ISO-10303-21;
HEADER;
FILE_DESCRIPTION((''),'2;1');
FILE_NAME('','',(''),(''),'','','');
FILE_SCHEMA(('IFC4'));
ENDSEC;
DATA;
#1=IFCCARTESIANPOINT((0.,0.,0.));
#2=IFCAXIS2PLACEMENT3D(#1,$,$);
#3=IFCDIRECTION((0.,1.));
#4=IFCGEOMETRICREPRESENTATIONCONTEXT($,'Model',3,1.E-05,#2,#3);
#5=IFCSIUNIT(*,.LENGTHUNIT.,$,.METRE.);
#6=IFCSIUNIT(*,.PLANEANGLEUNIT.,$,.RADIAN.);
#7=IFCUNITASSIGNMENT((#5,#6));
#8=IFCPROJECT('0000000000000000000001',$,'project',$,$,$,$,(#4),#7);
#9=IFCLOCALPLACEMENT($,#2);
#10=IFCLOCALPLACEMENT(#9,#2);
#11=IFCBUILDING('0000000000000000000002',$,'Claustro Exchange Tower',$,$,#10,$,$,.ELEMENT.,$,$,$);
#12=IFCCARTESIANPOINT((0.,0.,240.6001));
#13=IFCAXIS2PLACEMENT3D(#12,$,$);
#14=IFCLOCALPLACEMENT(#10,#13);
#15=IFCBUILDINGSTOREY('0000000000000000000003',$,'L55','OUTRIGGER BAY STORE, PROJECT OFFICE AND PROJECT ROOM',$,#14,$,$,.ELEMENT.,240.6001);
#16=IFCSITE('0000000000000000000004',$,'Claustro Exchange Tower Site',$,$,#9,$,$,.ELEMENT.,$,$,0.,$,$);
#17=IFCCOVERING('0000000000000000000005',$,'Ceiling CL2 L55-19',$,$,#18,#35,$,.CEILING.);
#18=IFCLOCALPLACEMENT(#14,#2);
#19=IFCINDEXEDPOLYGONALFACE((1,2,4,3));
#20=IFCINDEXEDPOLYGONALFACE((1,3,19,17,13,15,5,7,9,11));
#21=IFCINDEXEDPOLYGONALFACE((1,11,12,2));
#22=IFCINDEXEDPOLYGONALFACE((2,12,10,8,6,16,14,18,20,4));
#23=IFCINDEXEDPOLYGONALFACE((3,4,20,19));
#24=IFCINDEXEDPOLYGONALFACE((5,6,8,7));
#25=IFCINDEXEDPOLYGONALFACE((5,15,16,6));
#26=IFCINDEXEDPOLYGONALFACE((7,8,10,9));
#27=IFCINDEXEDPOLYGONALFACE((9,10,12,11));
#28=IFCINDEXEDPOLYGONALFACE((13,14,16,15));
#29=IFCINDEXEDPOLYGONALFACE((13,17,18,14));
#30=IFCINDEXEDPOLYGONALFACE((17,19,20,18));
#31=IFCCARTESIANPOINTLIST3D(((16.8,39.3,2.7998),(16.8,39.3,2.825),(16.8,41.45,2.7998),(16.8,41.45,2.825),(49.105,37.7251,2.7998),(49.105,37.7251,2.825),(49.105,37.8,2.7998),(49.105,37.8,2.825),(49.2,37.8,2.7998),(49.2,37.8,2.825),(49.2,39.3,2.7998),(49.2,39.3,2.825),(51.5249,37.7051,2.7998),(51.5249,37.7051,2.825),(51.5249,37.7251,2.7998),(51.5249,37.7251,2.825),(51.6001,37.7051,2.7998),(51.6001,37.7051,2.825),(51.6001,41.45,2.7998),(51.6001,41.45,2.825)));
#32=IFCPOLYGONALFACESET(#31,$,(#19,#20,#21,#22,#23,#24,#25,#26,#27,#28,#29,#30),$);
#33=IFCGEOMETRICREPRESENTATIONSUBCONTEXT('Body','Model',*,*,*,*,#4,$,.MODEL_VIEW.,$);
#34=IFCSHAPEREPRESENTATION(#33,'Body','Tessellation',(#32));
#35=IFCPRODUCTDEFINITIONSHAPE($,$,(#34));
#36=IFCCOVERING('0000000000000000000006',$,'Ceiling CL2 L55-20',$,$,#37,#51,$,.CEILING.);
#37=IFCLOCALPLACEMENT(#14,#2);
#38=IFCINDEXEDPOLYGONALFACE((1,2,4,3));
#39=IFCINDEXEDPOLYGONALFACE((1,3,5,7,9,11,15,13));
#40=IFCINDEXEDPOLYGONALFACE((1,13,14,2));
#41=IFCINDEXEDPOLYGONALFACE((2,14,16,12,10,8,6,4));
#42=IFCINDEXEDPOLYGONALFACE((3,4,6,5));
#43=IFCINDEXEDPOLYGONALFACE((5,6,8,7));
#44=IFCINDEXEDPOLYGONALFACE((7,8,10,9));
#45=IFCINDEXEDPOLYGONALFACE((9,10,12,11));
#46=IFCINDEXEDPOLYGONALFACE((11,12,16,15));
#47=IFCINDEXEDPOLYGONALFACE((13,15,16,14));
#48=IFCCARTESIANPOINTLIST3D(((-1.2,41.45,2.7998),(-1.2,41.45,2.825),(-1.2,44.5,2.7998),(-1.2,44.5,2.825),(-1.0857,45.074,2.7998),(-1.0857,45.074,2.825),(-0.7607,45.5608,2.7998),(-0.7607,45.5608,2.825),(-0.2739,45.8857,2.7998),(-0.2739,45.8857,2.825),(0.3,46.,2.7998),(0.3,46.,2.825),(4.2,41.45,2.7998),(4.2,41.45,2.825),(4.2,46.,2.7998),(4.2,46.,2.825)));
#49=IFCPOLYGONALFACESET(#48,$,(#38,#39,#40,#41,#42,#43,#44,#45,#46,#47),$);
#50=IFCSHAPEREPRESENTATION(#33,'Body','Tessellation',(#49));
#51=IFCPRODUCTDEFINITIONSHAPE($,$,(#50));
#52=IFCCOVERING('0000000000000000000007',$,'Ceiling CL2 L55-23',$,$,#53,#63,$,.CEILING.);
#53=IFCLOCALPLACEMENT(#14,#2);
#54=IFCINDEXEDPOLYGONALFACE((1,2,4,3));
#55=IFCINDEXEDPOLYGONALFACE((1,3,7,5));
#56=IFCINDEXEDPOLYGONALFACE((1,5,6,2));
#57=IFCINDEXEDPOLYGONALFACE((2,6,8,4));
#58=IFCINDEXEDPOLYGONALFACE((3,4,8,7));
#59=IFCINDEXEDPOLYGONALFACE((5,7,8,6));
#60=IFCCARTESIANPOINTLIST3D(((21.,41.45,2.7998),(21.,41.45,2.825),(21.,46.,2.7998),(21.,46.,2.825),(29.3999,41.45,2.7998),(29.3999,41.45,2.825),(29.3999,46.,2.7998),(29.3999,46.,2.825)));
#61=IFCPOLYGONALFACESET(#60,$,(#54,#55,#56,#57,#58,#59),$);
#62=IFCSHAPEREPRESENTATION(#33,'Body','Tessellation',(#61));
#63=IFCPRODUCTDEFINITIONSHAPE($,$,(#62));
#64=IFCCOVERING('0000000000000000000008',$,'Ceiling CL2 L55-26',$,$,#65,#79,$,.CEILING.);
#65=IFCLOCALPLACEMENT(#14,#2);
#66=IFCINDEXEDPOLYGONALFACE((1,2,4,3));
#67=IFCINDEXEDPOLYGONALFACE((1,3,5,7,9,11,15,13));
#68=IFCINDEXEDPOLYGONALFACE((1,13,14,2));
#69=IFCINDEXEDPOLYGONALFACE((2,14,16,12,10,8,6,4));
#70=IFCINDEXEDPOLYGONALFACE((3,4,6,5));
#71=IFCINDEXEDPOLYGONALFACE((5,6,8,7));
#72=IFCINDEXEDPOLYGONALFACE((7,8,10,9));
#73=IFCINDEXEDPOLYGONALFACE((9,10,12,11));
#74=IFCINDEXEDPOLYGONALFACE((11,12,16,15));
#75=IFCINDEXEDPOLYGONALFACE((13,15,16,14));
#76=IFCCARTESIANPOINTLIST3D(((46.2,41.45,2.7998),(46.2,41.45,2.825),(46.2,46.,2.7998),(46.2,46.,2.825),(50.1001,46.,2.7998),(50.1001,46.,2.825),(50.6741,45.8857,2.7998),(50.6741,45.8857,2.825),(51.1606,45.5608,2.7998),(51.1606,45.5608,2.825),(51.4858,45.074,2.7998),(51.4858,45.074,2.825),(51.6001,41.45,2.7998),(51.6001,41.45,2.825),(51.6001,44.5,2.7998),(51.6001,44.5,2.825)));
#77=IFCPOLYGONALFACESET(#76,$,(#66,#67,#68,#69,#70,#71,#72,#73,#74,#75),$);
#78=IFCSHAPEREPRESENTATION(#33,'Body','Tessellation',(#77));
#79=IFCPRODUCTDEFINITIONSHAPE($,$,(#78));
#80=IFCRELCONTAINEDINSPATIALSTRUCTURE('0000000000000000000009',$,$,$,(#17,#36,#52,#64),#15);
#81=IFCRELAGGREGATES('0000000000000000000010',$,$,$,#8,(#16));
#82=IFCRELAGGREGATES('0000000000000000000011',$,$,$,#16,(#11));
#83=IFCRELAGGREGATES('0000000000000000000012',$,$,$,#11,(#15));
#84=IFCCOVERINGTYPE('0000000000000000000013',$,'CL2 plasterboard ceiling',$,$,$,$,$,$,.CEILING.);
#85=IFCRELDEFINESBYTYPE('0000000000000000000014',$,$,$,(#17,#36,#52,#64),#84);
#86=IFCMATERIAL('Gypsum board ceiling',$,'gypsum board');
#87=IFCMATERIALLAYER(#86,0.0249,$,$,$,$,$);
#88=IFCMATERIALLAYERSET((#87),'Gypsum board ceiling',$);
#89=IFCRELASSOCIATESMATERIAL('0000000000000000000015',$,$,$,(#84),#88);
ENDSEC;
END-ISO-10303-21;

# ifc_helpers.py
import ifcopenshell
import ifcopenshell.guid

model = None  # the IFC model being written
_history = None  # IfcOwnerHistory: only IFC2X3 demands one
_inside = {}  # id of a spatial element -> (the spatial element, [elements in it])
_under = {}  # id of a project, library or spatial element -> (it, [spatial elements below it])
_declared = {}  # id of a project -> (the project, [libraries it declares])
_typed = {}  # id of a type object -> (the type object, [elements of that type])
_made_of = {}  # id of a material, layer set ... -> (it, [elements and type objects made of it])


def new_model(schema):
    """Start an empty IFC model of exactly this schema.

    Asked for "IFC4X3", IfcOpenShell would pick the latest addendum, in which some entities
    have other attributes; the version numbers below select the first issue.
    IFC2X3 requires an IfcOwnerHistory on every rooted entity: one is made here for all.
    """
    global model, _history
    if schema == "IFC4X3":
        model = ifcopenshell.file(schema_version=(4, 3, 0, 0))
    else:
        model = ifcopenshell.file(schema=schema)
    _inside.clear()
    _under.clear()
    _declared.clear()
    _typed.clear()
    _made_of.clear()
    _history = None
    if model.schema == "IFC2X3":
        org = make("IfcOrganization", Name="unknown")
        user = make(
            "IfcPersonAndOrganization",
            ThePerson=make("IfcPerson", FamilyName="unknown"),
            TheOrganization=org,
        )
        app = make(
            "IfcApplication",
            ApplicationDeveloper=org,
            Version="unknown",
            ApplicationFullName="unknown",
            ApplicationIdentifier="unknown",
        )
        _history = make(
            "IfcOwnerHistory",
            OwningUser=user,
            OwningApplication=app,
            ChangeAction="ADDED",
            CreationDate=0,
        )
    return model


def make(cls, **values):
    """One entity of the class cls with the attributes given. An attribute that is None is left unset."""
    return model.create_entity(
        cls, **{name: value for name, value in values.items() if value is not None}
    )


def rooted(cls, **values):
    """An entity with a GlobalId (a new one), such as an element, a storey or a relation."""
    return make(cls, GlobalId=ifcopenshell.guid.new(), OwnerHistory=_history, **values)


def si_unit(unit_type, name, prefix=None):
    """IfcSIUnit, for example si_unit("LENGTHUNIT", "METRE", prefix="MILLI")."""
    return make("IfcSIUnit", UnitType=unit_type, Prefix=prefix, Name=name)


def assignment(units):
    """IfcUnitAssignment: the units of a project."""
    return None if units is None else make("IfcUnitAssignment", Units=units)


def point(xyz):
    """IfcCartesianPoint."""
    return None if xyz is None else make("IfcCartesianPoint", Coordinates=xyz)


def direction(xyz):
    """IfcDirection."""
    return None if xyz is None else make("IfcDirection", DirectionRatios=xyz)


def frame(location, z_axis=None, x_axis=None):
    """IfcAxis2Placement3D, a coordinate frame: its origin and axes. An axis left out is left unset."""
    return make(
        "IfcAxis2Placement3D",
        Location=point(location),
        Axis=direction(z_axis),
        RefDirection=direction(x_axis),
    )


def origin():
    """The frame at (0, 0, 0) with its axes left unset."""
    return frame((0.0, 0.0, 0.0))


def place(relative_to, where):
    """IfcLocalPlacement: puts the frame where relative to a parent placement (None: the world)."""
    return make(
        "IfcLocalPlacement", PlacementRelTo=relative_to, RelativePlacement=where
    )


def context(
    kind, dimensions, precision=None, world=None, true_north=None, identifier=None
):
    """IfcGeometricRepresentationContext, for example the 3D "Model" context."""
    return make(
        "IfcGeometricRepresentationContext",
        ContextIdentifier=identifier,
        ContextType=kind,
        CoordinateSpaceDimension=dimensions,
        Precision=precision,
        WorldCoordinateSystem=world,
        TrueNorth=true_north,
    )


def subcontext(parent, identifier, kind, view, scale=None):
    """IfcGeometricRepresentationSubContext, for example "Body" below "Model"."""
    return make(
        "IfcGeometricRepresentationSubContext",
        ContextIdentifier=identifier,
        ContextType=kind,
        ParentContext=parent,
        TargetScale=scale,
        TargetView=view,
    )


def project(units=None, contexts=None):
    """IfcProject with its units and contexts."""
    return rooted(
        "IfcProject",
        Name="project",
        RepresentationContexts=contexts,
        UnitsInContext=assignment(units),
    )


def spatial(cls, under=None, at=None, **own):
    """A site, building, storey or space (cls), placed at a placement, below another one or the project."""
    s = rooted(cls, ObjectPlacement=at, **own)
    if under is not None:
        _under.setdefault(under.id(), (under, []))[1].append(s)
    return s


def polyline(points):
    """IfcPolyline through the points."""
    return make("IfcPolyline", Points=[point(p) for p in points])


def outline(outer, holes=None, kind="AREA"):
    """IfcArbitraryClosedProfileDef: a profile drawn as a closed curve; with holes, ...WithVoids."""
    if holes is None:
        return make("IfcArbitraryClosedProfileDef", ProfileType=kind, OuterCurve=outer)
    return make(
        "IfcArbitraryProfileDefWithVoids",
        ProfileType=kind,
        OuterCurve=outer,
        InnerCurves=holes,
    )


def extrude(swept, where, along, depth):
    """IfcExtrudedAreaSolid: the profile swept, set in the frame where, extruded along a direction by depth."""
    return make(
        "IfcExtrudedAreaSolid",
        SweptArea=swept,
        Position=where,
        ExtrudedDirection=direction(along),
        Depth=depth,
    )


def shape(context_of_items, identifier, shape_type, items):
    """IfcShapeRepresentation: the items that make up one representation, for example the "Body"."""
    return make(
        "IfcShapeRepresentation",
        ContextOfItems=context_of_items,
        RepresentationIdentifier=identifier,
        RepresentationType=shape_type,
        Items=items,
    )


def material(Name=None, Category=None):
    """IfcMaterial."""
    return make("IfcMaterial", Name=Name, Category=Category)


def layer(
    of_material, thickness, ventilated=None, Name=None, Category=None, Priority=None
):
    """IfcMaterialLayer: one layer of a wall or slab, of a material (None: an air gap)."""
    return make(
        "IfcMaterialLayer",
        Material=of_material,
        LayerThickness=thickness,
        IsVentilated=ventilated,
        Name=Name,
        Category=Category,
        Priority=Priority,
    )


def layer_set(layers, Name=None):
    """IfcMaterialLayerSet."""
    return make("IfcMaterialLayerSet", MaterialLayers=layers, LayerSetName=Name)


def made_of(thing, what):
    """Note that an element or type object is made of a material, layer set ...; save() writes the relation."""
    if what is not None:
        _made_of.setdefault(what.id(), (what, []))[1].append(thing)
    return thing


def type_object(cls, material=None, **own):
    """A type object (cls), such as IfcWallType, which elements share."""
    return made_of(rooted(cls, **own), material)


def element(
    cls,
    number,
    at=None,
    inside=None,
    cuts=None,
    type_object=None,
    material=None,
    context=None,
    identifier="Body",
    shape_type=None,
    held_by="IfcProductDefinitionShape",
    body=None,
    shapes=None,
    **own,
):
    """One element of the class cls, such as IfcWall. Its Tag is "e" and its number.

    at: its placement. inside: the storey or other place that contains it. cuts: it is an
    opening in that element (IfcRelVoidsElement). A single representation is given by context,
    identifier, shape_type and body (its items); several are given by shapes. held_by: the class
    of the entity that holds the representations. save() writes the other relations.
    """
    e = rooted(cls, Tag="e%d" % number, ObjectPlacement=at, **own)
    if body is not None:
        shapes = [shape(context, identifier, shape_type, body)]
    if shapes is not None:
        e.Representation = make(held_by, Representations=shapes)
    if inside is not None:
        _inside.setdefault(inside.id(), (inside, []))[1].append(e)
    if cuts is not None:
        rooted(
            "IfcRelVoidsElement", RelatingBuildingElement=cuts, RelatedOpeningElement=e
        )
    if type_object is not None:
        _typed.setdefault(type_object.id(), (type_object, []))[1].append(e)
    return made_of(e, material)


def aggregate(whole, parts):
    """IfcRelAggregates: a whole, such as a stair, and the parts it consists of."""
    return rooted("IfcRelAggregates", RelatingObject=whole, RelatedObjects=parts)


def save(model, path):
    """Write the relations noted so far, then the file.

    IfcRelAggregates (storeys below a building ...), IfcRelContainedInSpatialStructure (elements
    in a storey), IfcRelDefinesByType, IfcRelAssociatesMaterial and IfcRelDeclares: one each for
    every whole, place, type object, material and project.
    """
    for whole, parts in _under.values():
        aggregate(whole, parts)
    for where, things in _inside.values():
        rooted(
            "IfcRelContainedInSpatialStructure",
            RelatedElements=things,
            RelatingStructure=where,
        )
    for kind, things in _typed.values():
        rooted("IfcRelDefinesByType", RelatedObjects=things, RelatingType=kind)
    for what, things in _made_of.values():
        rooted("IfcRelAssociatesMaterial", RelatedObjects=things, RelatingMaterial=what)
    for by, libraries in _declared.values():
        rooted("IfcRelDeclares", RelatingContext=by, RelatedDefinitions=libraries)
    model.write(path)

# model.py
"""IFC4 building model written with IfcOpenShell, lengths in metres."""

from ifc_helpers import new_model, si_unit, direction, frame, origin, place, context, subcontext, project, spatial, polyline, outline, extrude, material, layer, layer_set, type_object, element, save


model = new_model("IFC4")

# Units and contexts
model_context = context("Model", 3, precision=1e-05, world=origin(), true_north=direction((0.0, 1.0)))
body_context = subcontext(model_context, "Body", "Model", "MODEL_VIEW")
ifc_project = project(units=[si_unit("LENGTHUNIT", "METRE"), si_unit("PLANEANGLEUNIT", "RADIAN")], contexts=[model_context])

# Site, building, storey
site_placement = place(None, origin())
site = spatial("IfcSite", under=ifc_project, at=site_placement, Name="Claustro Exchange Tower Site", CompositionType="ELEMENT", RefElevation=0.0)
building_placement = place(site_placement, origin())
building = spatial("IfcBuilding", under=site, at=building_placement, Name="Claustro Exchange Tower", CompositionType="ELEMENT")
storey_placement = place(building_placement, frame((0.0, 0.0, 240.6001)))
storey = spatial("IfcBuildingStorey", under=building, at=storey_placement, Name="L55", Description="OUTRIGGER BAY STORE, PROJECT OFFICE AND PROJECT ROOM", CompositionType="ELEMENT", Elevation=240.6001)

# Coverings
ifc_material_1 = material(Name="Gypsum board ceiling", Category="gypsum board")
ifc_layer_1 = layer(ifc_material_1, 0.0249)
ifc_layer_set_1 = layer_set([ifc_layer_1], Name="Gypsum board ceiling")
covering_type_1 = type_object("IfcCoveringType", Name="CL2 plasterboard ceiling", PredefinedType="CEILING", material=ifc_layer_set_1)
covering_1_placement = place(storey_placement, frame((0.0, 0.0, 2.7998)))
element("IfcCovering", 1, at=covering_1_placement, inside=storey, type_object=covering_type_1, Name="Ceiling CL2 L55-19", PredefinedType="CEILING", context=body_context, shape_type="SweptSolid", body=[
    extrude(outline(polyline([(51.5249, 37.7251), (51.5249, 37.7051), (51.6001, 37.7051), (51.6001, 41.45), (16.8, 41.45), (16.8, 39.3), (49.2, 39.3), (49.2, 37.8), (49.105, 37.8), (49.105, 37.7251), (51.5249, 37.7251)])), origin(), (0.0, 0.0, 1.0), 0.0251),
])
covering_2_placement = place(storey_placement, frame((0.0, 0.0, 2.7998)))
element("IfcCovering", 2, at=covering_2_placement, inside=storey, type_object=covering_type_1, Name="Ceiling CL2 L55-20", PredefinedType="CEILING", context=body_context, shape_type="SweptSolid", body=[
    extrude(outline(polyline([(-1.2, 44.5), (-1.2, 41.45), (4.2, 41.45), (4.2, 46.0), (0.3, 46.0), (-0.2739, 45.8857), (-0.7607, 45.5608), (-1.0857, 45.074), (-1.2, 44.5)])), origin(), (0.0, 0.0, 1.0), 0.0251),
])
covering_3_placement = place(storey_placement, frame((0.0, 0.0, 2.7998)))
element("IfcCovering", 3, at=covering_3_placement, inside=storey, type_object=covering_type_1, Name="Ceiling CL2 L55-23", PredefinedType="CEILING", context=body_context, shape_type="SweptSolid", body=[
    extrude(outline(polyline([(29.3999, 46.0), (21.0, 46.0), (21.0, 41.45), (29.3999, 41.45), (29.3999, 46.0)])), origin(), (0.0, 0.0, 1.0), 0.0251),
])
covering_4_placement = place(storey_placement, frame((0.0, 0.0, 2.7998)))
element("IfcCovering", 4, at=covering_4_placement, inside=storey, type_object=covering_type_1, Name="Ceiling CL2 L55-26", PredefinedType="CEILING", context=body_context, shape_type="SweptSolid", body=[
    extrude(outline(polyline([(50.1001, 46.0), (46.2, 46.0), (46.2, 41.45), (51.6001, 41.45), (51.6001, 44.5), (51.4858, 45.074), (51.1606, 45.5608), (50.6741, 45.8857), (50.1001, 46.0)])), origin(), (0.0, 0.0, 1.0), 0.0251),
])

save(model, "model.ifc")
